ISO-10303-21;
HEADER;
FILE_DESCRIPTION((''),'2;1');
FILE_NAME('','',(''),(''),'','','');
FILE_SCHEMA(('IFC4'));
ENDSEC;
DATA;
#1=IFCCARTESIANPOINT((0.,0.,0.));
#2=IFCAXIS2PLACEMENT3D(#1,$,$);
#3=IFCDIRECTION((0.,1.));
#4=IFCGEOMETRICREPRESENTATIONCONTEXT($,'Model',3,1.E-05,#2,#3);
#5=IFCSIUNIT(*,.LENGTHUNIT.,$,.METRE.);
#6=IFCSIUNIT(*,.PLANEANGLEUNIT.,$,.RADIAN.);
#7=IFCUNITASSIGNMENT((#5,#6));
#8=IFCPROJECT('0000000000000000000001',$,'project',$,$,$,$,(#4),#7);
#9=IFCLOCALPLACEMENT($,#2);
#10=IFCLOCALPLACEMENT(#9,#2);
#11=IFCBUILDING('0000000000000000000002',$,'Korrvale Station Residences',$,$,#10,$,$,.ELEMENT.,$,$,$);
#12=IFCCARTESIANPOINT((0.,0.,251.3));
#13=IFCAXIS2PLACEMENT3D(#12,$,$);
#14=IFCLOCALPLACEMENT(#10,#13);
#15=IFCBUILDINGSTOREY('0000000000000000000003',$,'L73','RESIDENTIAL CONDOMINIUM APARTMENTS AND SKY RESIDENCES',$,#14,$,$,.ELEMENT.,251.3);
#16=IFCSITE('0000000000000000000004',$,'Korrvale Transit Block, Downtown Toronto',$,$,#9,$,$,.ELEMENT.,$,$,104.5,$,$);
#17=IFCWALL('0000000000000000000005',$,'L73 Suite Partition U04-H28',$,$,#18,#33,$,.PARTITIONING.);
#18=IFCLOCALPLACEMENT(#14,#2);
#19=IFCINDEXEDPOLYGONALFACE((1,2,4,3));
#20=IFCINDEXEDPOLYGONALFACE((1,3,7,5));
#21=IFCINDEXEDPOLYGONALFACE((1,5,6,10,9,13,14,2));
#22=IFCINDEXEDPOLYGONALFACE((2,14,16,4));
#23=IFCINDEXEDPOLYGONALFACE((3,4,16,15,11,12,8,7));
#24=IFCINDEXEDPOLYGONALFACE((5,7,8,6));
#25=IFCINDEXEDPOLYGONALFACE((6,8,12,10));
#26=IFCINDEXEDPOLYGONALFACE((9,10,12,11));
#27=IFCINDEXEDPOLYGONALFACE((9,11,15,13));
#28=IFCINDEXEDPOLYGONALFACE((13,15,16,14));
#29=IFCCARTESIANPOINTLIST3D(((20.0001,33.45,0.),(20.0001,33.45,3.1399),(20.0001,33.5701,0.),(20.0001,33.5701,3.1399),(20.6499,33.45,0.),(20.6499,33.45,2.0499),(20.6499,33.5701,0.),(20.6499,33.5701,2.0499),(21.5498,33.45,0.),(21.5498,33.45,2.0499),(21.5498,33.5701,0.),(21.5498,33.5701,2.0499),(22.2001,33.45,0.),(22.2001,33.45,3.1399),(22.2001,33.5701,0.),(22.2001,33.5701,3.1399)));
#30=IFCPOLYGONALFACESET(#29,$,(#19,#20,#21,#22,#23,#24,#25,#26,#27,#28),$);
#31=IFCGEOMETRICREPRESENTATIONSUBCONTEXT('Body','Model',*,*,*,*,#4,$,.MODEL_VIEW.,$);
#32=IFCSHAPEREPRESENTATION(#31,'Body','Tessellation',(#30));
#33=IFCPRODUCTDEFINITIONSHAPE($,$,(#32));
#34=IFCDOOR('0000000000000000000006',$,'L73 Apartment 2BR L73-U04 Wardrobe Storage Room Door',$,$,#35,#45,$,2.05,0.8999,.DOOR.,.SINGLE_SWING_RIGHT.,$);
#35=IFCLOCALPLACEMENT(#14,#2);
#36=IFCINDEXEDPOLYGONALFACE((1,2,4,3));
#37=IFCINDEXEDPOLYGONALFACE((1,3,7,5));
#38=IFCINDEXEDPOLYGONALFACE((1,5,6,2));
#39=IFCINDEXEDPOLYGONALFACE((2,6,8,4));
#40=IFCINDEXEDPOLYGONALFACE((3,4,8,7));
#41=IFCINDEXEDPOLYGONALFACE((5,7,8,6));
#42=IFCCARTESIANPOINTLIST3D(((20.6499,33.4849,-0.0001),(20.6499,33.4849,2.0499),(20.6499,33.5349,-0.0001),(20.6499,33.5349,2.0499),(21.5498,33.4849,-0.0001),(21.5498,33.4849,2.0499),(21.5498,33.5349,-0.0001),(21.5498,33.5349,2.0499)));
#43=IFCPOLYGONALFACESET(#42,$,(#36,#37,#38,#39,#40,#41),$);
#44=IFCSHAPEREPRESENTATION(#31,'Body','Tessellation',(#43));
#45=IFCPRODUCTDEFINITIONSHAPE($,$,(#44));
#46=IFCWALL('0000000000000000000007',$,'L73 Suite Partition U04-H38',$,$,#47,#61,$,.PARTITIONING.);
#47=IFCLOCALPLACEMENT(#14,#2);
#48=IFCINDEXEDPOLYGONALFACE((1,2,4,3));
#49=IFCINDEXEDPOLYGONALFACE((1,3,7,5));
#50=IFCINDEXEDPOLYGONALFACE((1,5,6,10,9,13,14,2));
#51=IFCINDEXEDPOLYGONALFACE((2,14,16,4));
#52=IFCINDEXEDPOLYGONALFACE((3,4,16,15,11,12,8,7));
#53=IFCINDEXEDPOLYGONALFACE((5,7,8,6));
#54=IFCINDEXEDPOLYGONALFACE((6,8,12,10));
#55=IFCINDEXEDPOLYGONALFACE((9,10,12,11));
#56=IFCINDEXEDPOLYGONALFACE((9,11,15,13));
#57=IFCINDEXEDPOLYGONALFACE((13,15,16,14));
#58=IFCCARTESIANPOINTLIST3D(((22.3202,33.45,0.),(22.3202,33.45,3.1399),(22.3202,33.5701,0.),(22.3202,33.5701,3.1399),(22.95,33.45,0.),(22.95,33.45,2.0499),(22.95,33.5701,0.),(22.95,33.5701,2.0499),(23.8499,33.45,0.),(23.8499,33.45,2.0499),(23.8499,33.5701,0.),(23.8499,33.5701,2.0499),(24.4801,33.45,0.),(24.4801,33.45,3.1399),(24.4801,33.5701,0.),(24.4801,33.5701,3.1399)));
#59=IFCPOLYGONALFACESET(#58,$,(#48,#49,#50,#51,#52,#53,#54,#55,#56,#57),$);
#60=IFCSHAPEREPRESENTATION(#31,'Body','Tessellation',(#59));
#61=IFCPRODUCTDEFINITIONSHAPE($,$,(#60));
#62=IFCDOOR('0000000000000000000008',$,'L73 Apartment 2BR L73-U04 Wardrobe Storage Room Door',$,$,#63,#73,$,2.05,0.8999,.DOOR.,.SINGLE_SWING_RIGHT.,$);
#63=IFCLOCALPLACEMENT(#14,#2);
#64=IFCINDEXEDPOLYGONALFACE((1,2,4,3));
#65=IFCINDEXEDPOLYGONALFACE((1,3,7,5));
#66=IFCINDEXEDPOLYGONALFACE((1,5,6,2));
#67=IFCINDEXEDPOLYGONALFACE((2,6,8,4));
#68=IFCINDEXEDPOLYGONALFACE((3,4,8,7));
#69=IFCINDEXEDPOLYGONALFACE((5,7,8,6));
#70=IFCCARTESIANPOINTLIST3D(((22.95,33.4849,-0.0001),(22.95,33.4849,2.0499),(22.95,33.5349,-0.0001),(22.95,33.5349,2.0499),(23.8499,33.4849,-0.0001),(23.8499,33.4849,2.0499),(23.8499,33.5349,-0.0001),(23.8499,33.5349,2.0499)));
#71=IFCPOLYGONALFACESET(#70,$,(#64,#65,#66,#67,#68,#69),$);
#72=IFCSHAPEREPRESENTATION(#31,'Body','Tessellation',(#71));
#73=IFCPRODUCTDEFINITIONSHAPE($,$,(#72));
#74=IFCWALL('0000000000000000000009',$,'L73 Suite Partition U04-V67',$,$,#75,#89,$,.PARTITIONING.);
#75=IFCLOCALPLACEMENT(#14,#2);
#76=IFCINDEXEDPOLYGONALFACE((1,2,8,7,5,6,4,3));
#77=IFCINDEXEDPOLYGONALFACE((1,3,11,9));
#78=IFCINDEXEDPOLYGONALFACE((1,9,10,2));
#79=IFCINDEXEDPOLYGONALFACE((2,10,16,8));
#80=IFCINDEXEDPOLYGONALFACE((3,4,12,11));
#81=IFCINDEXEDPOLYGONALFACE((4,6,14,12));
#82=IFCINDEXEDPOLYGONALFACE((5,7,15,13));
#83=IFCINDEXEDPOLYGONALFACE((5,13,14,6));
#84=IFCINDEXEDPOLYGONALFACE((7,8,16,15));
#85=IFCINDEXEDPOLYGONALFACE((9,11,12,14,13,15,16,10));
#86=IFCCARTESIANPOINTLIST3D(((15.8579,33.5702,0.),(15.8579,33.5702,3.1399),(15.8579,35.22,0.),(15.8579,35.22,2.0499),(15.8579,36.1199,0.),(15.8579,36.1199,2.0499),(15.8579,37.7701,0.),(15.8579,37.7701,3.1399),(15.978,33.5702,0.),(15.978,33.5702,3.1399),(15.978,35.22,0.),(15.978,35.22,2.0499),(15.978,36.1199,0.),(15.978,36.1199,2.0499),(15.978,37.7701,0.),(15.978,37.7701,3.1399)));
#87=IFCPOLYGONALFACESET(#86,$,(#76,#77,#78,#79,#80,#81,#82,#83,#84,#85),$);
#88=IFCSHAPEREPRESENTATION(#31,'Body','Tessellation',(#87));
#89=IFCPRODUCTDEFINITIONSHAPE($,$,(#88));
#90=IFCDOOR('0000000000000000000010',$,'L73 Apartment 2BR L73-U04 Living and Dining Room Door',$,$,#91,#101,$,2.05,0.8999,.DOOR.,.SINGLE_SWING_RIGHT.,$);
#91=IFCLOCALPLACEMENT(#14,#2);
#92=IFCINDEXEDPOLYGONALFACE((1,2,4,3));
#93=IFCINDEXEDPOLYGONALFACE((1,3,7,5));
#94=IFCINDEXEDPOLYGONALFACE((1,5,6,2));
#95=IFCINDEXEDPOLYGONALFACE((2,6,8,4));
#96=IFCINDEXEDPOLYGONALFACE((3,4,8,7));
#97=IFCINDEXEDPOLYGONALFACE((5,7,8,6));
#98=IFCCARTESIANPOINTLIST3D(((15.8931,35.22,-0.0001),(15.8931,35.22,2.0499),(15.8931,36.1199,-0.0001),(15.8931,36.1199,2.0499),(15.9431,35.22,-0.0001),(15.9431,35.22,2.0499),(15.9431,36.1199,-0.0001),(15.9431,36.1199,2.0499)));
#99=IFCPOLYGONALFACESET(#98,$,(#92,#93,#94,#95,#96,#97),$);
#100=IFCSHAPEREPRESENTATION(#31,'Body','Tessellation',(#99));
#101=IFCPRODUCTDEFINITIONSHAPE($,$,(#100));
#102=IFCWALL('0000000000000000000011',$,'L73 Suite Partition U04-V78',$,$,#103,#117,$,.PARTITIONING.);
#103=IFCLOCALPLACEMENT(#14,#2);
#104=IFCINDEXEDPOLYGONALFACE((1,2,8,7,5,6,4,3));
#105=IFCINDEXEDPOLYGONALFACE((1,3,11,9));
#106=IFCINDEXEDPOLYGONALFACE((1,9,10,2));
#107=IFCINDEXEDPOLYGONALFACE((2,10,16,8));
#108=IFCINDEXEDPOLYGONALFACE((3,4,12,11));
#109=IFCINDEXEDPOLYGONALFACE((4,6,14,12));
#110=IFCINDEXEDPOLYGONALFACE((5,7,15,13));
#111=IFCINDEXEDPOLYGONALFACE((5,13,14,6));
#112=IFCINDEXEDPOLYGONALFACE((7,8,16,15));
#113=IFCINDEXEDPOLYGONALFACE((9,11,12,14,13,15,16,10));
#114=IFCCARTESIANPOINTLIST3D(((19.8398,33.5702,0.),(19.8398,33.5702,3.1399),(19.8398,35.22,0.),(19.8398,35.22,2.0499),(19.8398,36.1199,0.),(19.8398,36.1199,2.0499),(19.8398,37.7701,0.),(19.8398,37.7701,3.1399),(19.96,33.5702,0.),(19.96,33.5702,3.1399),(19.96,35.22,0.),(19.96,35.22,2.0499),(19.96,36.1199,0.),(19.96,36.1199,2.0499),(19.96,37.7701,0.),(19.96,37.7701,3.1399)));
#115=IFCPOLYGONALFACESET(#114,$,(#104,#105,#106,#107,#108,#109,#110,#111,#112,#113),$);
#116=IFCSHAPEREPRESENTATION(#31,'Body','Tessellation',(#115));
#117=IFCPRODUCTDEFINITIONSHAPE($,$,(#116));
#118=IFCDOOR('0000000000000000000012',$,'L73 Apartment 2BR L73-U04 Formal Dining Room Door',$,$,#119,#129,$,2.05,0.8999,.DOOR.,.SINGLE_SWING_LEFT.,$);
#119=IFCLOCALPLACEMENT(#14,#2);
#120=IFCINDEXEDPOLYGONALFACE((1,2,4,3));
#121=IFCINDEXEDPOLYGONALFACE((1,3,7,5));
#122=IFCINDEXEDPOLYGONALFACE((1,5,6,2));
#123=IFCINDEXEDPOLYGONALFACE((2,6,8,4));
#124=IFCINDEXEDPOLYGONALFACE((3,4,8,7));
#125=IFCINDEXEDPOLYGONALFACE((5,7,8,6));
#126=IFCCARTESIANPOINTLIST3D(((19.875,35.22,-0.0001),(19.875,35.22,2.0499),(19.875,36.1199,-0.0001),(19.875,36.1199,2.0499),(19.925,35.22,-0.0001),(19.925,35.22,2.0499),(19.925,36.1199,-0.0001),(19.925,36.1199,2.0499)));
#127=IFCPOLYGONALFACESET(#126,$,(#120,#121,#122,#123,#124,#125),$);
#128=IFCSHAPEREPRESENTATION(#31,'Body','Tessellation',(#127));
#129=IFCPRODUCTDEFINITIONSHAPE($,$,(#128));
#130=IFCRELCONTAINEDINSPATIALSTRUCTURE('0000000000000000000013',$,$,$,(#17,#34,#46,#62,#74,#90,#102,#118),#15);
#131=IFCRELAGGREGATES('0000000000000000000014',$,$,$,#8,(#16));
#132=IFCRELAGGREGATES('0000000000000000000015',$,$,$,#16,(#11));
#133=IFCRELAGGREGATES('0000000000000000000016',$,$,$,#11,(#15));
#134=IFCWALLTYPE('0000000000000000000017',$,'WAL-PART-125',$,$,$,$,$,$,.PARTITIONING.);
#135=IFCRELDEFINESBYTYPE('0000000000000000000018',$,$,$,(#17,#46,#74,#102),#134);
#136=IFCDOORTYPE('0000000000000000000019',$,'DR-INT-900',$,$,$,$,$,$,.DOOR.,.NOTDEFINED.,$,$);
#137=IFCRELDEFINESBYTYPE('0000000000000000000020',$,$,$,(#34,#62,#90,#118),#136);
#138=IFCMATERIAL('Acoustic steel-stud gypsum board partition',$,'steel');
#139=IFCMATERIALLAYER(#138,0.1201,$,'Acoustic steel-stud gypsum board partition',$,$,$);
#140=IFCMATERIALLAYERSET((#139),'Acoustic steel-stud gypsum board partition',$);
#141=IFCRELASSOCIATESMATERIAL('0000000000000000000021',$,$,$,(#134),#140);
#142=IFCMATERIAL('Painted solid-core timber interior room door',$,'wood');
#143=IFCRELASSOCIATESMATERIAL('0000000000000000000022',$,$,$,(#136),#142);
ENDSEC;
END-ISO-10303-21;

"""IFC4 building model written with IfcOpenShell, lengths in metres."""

from ifc_helpers import new_model, si_unit, direction, frame, frame_2d, origin, place, context, subcontext, project, spatial, rectangle, extrude, material, layer, layer_set, type_object, element, fill, save


model = new_model("IFC4")

# Units and contexts
model_context = context("Model", 3, precision=1e-05, world=origin(), true_north=direction((0.0, 1.0)))
body_context = subcontext(model_context, "Body", "Model", "MODEL_VIEW")
ifc_project = project(units=[si_unit("LENGTHUNIT", "METRE"), si_unit("PLANEANGLEUNIT", "RADIAN")], contexts=[model_context])

# Site, building, storey
site_placement = place(None, origin())
site = spatial("IfcSite", under=ifc_project, at=site_placement, Name="Korrvale Transit Block, Downtown Toronto", CompositionType="ELEMENT", RefElevation=104.5)
building_placement = place(site_placement, origin())
building = spatial("IfcBuilding", under=site, at=building_placement, Name="Korrvale Station Residences", CompositionType="ELEMENT")
storey_placement = place(building_placement, frame((0.0, 0.0, 251.3)))
storey = spatial("IfcBuildingStorey", under=building, at=storey_placement, Name="L73", Description="RESIDENTIAL CONDOMINIUM APARTMENTS AND SKY RESIDENCES", CompositionType="ELEMENT", Elevation=251.3)

# Walls, openings, doors
ifc_material_1 = material(Name="Acoustic steel-stud gypsum board partition", Category="steel")
ifc_layer = layer(ifc_material_1, 0.1201, Name="Acoustic steel-stud gypsum board partition")
ifc_layer_set = layer_set([ifc_layer], Name="Acoustic steel-stud gypsum board partition")
wall_type = type_object("IfcWallType", Name="WAL-PART-125", PredefinedType="PARTITIONING", material=ifc_layer_set)
ifc_material_2 = material(Name="Painted solid-core timber interior room door", Category="wood")
door_type_1 = type_object("IfcDoorType", Name="DR-INT-900", OperationType="NOTDEFINED", PredefinedType="DOOR", material=ifc_material_2)
wall_1_placement = place(storey_placement, frame((20.0, 33.51, 0.0), z_axis=(0.0, 0.0, 1.0), x_axis=(1.0, 0.0, 0.0)))
wall_1 = element("IfcWall", 1, at=wall_1_placement, inside=storey, type_object=wall_type, Name="L73 Suite Partition U04-H28", PredefinedType="PARTITIONING", context=body_context, shape_type="SweptSolid", body=[
    extrude(rectangle(XDim=2.2, YDim=0.1201, at=frame_2d((1.1001, 0.0))), origin(), (0.0, 0.0, 1.0), 3.1399),
])
opening_1_placement = place(wall_1_placement, frame((0.6499, 0.0, 0.0)))
opening_1 = element("IfcOpeningElement", 2, at=opening_1_placement, cuts=wall_1, PredefinedType="OPENING", context=body_context, shape_type="SweptSolid", body=[
    extrude(rectangle(XDim=0.8999, YDim=2.05, at=frame_2d((0.45, 1.0249))), frame((0.0, 0.0701, 0.0), z_axis=(0.0, -1.0, 0.0), x_axis=(1.0, 0.0, 0.0)), (0.0, 0.0, 1.0), 0.1401),
])
door_1_placement = place(opening_1_placement, origin())
door_1 = element("IfcDoor", 3, at=door_1_placement, inside=storey, type_object=door_type_1, Name="L73 Apartment 2BR L73-U04 Wardrobe Storage Room Door", OperationType="SINGLE_SWING_RIGHT", OverallHeight=2.05, OverallWidth=0.8999, PredefinedType="DOOR", context=body_context, shape_type="SweptSolid", body=[
    extrude(rectangle(XDim=0.8999, YDim=2.05, at=frame_2d((0.45, 1.0249))), frame((0.0, 0.0249, 0.0), z_axis=(0.0, -1.0, 0.0), x_axis=(1.0, 0.0, 0.0)), (0.0, 0.0, 1.0), 0.05),
])
fill(opening_1, door_1)
wall_2_placement = place(storey_placement, frame((22.3201, 33.51, 0.0), z_axis=(0.0, 0.0, 1.0), x_axis=(1.0, 0.0, 0.0)))
wall_2 = element("IfcWall", 4, at=wall_2_placement, inside=storey, type_object=wall_type, Name="L73 Suite Partition U04-H38", PredefinedType="PARTITIONING", context=body_context, shape_type="SweptSolid", body=[
    extrude(rectangle(XDim=2.1599, YDim=0.1201, at=frame_2d((1.0801, 0.0))), origin(), (0.0, 0.0, 1.0), 3.1399),
])
opening_2_placement = place(wall_2_placement, frame((0.6299, 0.0, 0.0)))
opening_2 = element("IfcOpeningElement", 5, at=opening_2_placement, cuts=wall_2, PredefinedType="OPENING", context=body_context, shape_type="SweptSolid", body=[
    extrude(rectangle(XDim=0.8999, YDim=2.05, at=frame_2d((0.45, 1.0249))), frame((0.0, 0.0701, 0.0), z_axis=(0.0, -1.0, 0.0), x_axis=(1.0, 0.0, 0.0)), (0.0, 0.0, 1.0), 0.1401),
])
door_2_placement = place(opening_2_placement, origin())
door_2 = element("IfcDoor", 6, at=door_2_placement, inside=storey, type_object=door_type_1, Name="L73 Apartment 2BR L73-U04 Wardrobe Storage Room Door", OperationType="SINGLE_SWING_RIGHT", OverallHeight=2.05, OverallWidth=0.8999, PredefinedType="DOOR", context=body_context, shape_type="SweptSolid", body=[
    extrude(rectangle(XDim=0.8999, YDim=2.05, at=frame_2d((0.45, 1.0249))), frame((0.0, 0.0249, 0.0), z_axis=(0.0, -1.0, 0.0), x_axis=(1.0, 0.0, 0.0)), (0.0, 0.0, 1.0), 0.05),
])
fill(opening_2, door_2)
wall_3_placement = place(storey_placement, frame((15.918, 33.5701, 0.0), z_axis=(0.0, 0.0, 1.0), x_axis=(0.0, 1.0, 0.0)))
wall_3 = element("IfcWall", 7, at=wall_3_placement, inside=storey, type_object=wall_type, Name="L73 Suite Partition U04-V67", PredefinedType="PARTITIONING", context=body_context, shape_type="SweptSolid", body=[
    extrude(rectangle(XDim=4.2, YDim=0.1201, at=frame_2d((2.1001, 0.0))), origin(), (0.0, 0.0, 1.0), 3.1399),
])
opening_3_placement = place(wall_3_placement, frame((1.6499, 0.0, 0.0)))
opening_3 = element("IfcOpeningElement", 8, at=opening_3_placement, cuts=wall_3, PredefinedType="OPENING", context=body_context, shape_type="SweptSolid", body=[
    extrude(rectangle(XDim=0.8999, YDim=2.05, at=frame_2d((0.45, 1.0249))), frame((0.0, 0.0701, 0.0), z_axis=(0.0, -1.0, 0.0), x_axis=(1.0, 0.0, 0.0)), (0.0, 0.0, 1.0), 0.1401),
])
door_3_placement = place(opening_3_placement, origin())
door_3 = element("IfcDoor", 9, at=door_3_placement, inside=storey, type_object=door_type_1, Name="L73 Apartment 2BR L73-U04 Living and Dining Room Door", OperationType="SINGLE_SWING_RIGHT", OverallHeight=2.05, OverallWidth=0.8999, PredefinedType="DOOR", context=body_context, shape_type="SweptSolid", body=[
    extrude(rectangle(XDim=0.8999, YDim=2.05, at=frame_2d((0.45, 1.0249))), frame((0.0, 0.0249, 0.0), z_axis=(0.0, -1.0, 0.0), x_axis=(1.0, 0.0, 0.0)), (0.0, 0.0, 1.0), 0.05),
])
fill(opening_3, door_3)
wall_4_placement = place(storey_placement, frame((19.8999, 33.5701, 0.0), z_axis=(0.0, 0.0, 1.0), x_axis=(0.0, 1.0, 0.0)))
wall_4 = element("IfcWall", 10, at=wall_4_placement, inside=storey, type_object=wall_type, Name="L73 Suite Partition U04-V78", PredefinedType="PARTITIONING", context=body_context, shape_type="SweptSolid", body=[
    extrude(rectangle(XDim=4.2, YDim=0.1201, at=frame_2d((2.1001, 0.0))), origin(), (0.0, 0.0, 1.0), 3.1399),
])
opening_4_placement = place(wall_4_placement, frame((1.6499, 0.0, 0.0)))
opening_4 = element("IfcOpeningElement", 11, at=opening_4_placement, cuts=wall_4, PredefinedType="OPENING", context=body_context, shape_type="SweptSolid", body=[
    extrude(rectangle(XDim=0.8999, YDim=2.05, at=frame_2d((0.45, 1.0249))), frame((0.0, 0.0701, 0.0), z_axis=(0.0, -1.0, 0.0), x_axis=(1.0, 0.0, 0.0)), (0.0, 0.0, 1.0), 0.1401),
])
door_4_placement = place(opening_4_placement, origin())
door_4 = element("IfcDoor", 12, at=door_4_placement, inside=storey, type_object=door_type_1, Name="L73 Apartment 2BR L73-U04 Formal Dining Room Door", OperationType="SINGLE_SWING_LEFT", OverallHeight=2.05, OverallWidth=0.8999, PredefinedType="DOOR", context=body_context, shape_type="SweptSolid", body=[
    extrude(rectangle(XDim=0.8999, YDim=2.05, at=frame_2d((0.45, 1.0249))), frame((0.0, 0.0249, 0.0), z_axis=(0.0, -1.0, 0.0), x_axis=(1.0, 0.0, 0.0)), (0.0, 0.0, 1.0), 0.05),
])
fill(opening_4, door_4)

save(model, "model.ifc")
